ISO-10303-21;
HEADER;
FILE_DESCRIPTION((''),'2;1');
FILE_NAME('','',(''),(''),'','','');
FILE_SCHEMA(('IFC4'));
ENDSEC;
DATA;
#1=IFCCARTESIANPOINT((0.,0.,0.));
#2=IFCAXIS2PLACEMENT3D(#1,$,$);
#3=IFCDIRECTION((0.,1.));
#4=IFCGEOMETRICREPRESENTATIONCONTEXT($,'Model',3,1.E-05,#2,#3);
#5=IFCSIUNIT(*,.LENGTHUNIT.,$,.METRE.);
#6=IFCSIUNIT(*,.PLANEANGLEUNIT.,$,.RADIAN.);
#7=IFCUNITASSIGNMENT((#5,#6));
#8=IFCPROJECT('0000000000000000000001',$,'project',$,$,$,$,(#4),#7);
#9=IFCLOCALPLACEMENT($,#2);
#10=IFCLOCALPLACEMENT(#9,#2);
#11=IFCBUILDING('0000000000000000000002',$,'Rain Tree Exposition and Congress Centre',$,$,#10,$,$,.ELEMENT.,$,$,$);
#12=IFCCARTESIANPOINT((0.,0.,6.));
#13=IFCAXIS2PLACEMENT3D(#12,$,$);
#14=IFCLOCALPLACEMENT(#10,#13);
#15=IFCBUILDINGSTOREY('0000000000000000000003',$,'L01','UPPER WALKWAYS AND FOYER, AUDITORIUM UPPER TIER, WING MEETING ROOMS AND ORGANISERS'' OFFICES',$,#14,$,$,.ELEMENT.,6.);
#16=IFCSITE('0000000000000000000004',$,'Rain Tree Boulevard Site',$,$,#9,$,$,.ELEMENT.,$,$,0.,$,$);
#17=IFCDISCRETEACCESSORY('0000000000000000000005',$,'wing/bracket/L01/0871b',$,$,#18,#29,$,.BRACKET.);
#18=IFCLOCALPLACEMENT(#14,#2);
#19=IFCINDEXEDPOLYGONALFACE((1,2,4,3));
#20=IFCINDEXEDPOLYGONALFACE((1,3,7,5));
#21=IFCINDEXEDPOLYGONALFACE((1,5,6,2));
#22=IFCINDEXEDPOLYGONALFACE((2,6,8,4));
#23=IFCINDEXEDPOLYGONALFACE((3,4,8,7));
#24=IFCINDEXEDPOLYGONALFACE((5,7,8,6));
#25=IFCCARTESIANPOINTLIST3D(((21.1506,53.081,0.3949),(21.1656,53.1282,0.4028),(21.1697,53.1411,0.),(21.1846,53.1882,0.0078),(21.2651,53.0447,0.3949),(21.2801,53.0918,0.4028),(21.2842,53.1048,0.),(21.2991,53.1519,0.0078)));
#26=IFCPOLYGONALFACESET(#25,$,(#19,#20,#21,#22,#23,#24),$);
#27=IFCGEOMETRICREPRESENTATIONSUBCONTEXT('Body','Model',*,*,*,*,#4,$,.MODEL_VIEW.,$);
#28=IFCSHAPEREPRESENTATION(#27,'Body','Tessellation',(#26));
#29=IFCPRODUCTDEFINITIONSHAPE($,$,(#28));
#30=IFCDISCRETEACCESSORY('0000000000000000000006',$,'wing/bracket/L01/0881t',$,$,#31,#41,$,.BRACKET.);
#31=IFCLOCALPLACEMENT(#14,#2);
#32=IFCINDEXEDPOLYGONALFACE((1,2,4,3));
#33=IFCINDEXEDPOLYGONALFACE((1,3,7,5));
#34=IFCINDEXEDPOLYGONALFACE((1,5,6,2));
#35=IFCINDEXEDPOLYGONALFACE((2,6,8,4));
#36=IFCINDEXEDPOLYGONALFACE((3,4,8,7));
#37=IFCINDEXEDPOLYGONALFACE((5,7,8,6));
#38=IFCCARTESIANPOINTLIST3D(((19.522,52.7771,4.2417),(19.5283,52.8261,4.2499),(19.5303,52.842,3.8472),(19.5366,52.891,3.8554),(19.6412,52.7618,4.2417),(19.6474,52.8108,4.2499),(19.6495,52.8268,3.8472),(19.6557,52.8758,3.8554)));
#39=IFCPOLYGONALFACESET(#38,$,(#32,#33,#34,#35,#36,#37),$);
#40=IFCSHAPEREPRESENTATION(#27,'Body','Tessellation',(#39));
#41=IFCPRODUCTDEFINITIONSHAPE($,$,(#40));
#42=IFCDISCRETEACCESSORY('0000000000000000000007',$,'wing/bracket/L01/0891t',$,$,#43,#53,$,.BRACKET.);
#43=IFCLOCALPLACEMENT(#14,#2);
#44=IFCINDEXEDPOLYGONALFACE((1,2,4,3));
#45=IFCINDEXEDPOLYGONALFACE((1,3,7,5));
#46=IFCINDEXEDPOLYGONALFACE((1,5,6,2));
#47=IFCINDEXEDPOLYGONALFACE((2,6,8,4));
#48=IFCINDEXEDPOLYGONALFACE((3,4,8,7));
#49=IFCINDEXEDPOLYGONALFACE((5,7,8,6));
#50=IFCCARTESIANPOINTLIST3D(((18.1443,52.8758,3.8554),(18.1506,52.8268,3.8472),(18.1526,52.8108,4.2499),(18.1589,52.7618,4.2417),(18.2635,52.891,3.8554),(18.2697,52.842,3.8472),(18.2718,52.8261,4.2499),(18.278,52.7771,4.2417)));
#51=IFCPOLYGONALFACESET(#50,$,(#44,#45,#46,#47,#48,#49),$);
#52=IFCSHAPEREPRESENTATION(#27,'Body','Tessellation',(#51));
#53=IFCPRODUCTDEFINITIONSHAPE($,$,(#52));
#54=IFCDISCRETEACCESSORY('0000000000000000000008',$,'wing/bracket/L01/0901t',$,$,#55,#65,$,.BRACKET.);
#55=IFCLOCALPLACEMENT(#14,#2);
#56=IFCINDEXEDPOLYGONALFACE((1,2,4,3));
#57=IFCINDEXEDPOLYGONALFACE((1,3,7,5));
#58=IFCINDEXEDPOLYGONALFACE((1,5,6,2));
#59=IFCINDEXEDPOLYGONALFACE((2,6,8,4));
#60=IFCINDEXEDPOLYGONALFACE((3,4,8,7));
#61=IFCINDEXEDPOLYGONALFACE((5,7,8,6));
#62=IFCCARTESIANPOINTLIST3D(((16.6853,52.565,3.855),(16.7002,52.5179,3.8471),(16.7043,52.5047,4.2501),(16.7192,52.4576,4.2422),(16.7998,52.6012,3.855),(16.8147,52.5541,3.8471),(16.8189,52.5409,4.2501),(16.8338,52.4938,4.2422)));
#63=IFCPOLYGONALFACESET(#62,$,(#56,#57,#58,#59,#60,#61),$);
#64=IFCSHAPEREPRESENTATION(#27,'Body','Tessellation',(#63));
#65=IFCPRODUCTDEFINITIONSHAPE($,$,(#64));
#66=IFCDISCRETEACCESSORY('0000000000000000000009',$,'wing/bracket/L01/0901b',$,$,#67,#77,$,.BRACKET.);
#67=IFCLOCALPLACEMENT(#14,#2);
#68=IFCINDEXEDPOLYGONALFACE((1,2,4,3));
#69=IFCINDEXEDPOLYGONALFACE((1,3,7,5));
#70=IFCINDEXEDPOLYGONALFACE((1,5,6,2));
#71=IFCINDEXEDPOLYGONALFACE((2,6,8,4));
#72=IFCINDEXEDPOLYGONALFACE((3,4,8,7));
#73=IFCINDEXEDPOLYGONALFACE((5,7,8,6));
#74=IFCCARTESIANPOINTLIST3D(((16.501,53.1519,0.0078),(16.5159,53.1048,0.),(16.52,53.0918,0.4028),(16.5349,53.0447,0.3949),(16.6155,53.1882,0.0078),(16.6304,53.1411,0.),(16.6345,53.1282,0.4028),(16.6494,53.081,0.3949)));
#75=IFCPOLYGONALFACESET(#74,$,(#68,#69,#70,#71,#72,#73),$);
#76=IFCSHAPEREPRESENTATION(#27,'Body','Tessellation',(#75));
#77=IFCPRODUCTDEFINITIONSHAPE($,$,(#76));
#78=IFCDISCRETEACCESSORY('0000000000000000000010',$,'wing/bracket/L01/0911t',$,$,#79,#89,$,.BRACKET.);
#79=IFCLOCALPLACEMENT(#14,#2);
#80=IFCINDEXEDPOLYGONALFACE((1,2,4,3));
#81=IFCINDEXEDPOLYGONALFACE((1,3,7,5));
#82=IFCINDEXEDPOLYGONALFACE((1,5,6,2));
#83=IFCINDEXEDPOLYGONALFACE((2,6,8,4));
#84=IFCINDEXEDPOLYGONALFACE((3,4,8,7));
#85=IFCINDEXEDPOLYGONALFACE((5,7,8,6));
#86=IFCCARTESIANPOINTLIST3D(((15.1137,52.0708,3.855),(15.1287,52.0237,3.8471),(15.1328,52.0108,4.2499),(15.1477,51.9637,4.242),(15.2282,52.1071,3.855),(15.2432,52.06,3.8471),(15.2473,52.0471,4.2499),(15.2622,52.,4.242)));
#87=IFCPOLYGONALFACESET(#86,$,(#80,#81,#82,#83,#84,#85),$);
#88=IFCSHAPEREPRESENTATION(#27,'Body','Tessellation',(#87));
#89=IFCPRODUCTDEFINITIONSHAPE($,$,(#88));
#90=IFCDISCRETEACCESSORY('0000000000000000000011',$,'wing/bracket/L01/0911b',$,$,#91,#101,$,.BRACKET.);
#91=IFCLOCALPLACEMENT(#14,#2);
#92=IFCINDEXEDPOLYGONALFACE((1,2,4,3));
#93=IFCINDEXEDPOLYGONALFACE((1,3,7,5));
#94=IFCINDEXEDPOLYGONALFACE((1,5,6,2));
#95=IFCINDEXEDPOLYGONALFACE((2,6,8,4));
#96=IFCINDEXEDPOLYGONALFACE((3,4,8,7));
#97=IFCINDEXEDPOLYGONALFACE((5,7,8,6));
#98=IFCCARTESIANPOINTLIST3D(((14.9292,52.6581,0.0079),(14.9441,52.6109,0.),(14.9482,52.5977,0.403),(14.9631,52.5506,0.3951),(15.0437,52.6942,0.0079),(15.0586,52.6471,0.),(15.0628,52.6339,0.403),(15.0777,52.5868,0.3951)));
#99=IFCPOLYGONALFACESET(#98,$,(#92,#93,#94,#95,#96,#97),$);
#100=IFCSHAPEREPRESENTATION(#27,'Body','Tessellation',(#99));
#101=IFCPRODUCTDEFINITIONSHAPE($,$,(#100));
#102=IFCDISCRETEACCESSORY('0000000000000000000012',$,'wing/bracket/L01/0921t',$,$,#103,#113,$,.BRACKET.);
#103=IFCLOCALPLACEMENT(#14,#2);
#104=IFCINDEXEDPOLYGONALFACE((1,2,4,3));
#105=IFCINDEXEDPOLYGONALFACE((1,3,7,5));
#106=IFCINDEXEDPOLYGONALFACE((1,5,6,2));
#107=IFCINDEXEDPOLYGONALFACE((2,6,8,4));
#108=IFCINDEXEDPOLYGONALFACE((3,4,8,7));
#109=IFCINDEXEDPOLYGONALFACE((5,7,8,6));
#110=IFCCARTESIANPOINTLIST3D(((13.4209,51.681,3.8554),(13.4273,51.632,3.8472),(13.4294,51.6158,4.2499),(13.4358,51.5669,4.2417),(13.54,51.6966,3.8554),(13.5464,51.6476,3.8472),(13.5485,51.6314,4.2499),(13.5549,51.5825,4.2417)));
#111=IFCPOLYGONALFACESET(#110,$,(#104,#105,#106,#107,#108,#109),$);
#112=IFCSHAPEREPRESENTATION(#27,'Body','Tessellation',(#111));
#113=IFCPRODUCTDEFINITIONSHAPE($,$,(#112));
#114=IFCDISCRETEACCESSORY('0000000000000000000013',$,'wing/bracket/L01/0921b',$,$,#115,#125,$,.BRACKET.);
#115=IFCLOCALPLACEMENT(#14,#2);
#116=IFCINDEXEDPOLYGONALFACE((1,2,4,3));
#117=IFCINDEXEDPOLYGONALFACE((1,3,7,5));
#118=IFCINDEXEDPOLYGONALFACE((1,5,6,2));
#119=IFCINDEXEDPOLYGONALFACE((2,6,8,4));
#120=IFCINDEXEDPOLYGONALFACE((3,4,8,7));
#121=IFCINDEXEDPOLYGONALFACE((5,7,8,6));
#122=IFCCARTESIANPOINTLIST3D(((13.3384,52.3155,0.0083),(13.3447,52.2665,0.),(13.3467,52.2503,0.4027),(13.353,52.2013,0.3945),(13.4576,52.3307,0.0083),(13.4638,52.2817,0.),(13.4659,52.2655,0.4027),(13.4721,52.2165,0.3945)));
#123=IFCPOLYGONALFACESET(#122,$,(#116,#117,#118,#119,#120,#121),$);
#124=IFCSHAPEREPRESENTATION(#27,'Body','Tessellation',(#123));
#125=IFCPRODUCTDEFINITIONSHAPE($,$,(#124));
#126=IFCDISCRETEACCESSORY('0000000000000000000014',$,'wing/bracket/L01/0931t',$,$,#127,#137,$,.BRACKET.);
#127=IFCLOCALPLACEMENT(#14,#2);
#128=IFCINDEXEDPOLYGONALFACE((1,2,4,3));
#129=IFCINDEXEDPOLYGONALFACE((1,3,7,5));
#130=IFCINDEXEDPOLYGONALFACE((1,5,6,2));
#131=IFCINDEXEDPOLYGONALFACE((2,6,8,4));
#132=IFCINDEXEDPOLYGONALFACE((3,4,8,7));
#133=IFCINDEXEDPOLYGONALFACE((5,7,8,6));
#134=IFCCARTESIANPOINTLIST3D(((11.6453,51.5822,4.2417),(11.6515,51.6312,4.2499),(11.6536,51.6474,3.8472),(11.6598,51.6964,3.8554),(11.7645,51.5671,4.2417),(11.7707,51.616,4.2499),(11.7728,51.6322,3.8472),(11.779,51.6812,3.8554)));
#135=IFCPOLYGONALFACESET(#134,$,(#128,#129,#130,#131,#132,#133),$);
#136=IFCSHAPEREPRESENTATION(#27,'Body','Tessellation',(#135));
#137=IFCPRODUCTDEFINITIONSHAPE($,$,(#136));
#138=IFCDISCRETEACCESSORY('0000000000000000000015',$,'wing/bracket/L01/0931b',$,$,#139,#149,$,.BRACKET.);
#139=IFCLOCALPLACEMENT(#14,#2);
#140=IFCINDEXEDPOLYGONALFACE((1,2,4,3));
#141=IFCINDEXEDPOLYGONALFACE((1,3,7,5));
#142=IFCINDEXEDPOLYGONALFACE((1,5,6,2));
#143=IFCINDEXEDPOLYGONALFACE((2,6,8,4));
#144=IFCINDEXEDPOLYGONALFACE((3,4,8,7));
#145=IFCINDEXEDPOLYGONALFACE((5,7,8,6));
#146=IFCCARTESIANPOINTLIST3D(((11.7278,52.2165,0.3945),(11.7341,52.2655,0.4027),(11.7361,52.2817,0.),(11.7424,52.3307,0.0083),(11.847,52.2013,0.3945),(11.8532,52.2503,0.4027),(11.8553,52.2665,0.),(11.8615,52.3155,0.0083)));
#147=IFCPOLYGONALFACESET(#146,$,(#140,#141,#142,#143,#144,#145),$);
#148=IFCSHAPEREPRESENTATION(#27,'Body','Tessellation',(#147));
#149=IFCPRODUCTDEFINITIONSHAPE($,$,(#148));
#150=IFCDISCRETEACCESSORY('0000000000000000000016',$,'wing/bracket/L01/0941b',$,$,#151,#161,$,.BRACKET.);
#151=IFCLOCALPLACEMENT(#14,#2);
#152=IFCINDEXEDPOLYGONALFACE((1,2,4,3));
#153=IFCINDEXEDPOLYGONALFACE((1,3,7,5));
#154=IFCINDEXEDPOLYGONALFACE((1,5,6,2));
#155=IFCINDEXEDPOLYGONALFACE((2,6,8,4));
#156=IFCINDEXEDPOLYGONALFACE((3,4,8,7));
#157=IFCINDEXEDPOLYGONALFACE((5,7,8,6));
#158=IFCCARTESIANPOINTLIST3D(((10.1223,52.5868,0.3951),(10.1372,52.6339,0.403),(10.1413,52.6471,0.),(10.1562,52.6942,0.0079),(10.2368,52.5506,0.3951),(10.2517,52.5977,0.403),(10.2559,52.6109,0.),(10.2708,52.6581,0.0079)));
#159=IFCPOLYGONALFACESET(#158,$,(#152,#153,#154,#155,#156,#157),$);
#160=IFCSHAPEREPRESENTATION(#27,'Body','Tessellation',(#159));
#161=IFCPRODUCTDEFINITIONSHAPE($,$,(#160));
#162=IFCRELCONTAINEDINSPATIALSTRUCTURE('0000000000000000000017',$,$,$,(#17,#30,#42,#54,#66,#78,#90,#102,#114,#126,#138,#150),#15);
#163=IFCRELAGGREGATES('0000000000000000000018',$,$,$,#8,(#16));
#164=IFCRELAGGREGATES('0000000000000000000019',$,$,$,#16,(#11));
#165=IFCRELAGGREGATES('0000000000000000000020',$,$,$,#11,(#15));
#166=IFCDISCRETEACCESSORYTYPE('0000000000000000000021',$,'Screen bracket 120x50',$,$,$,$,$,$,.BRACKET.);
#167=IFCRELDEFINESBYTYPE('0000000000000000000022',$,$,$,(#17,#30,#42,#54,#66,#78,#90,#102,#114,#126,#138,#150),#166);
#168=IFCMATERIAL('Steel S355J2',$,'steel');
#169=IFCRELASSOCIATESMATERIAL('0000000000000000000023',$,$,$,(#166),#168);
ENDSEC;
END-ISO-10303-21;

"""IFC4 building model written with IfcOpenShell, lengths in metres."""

from ifc_helpers import new_model, si_unit, direction, frame, origin, origin_2d, place, context, subcontext, project, spatial, rectangle, extrude, material, material_profile, profile_set, type_object, element, save


model = new_model("IFC4")

# Units and contexts
model_context = context("Model", 3, precision=1e-05, world=origin(), true_north=direction((0.0, 1.0)))
body_context = subcontext(model_context, "Body", "Model", "MODEL_VIEW")
ifc_project = project(units=[si_unit("LENGTHUNIT", "METRE"), si_unit("PLANEANGLEUNIT", "RADIAN")], contexts=[model_context])

# Site, building, storey
site_placement = place(None, origin())
site = spatial("IfcSite", under=ifc_project, at=site_placement, Name="Rain Tree Boulevard Site", CompositionType="ELEMENT", RefElevation=0.0)
building_placement = place(site_placement, origin())
building = spatial("IfcBuilding", under=site, at=building_placement, Name="Rain Tree Exposition and Congress Centre", CompositionType="ELEMENT")
storey_placement = place(building_placement, frame((0.0, 0.0, 6.0)))
storey = spatial("IfcBuildingStorey", under=building, at=storey_placement, Name="L01", Description="UPPER WALKWAYS AND FOYER, AUDITORIUM UPPER TIER, WING MEETING ROOMS AND ORGANISERS' OFFICES", CompositionType="ELEMENT", Elevation=6.0)

# Discrete accessories
ifc_material_1 = material(Name="Steel S355J2", Category="steel")
ifc_material_profile_1 = material_profile(ifc_material_1, rectangle(XDim=0.1201, YDim=0.05, at=origin_2d()), Name="Flat bar 120x50")
ifc_profile_set_1 = profile_set([ifc_material_profile_1], Name="Steel S355J2")
discrete_accessory_type = type_object("IfcDiscreteAccessoryType", Name="Screen bracket 120x50", PredefinedType="BRACKET", material=ifc_profile_set_1)
for number, where, z_axis, x_axis, name in (
    (1, (21.2344, 53.1465, 0.0039), (-0.047606, -0.150142, 0.987518), (0.953231, -0.302244, 0.0), "wing/bracket/L01/0871b"),
    (2, (19.593, 52.8589, 3.8513), (-0.020756, -0.162383, 0.986509), (0.99193, -0.126788, 0.0), "wing/bracket/L01/0881t"),
    (3, (18.207, 52.8589, 3.8513), (0.020756, -0.162383, 0.986509), (0.99193, 0.126788, 0.0), "wing/bracket/L01/0891t"),
):
    element("IfcDiscreteAccessory", number, at=place(storey_placement, frame(where, z_axis=z_axis, x_axis=x_axis)), inside=storey, type_object=discrete_accessory_type, Name=name, PredefinedType="BRACKET", context=body_context, shape_type="SweptSolid", body=[
        extrude(rectangle(XDim=0.1201, YDim=0.05, at=origin_2d()), origin(), (0.0, 0.0, 1.0), 0.3999),
    ])
discrete_accessory_1_placement = place(storey_placement, frame((16.75, 52.5596, 3.8511), z_axis=(0.047602, -0.150738, 0.987427), x_axis=(0.953583, 0.301131, 0.0)))
element("IfcDiscreteAccessory", 4, at=discrete_accessory_1_placement, inside=storey, type_object=discrete_accessory_type, Name="wing/bracket/L01/0901t", PredefinedType="BRACKET", context=body_context, shape_type="SweptSolid", body=[
    extrude(rectangle(XDim=0.1201, YDim=0.05, at=origin_2d()), origin(), (0.0, 0.0, 1.0), 0.4001),
])
for number, where, z_axis, x_axis, name in (
    (5, (16.5657, 53.1465, 0.0039), (0.047606, -0.150142, 0.987518), (0.953231, 0.302244, 0.0), "wing/bracket/L01/0901b"),
    (6, (15.1785, 52.0654, 3.8511), (0.047606, -0.150142, 0.987518), (0.953231, 0.302244, 0.0), "wing/bracket/L01/0911t"),
):
    element("IfcDiscreteAccessory", number, at=place(storey_placement, frame(where, z_axis=z_axis, x_axis=x_axis)), inside=storey, type_object=discrete_accessory_type, Name=name, PredefinedType="BRACKET", context=body_context, shape_type="SweptSolid", body=[
        extrude(rectangle(XDim=0.1201, YDim=0.05, at=origin_2d()), origin(), (0.0, 0.0, 1.0), 0.3999),
    ])
discrete_accessory_2_placement = place(storey_placement, frame((14.9939, 52.6526, 0.0039), z_axis=(0.047602, -0.150738, 0.987427), x_axis=(0.953583, 0.301131, 0.0)))
element("IfcDiscreteAccessory", 7, at=discrete_accessory_2_placement, inside=storey, type_object=discrete_accessory_type, Name="wing/bracket/L01/0911b", PredefinedType="BRACKET", context=body_context, shape_type="SweptSolid", body=[
    extrude(rectangle(XDim=0.1201, YDim=0.05, at=origin_2d()), origin(), (0.0, 0.0, 1.0), 0.4001),
])
for number, where, z_axis, x_axis, name in (
    (8, (13.4836, 51.6643, 3.8513), (0.021364, -0.162976, 0.986399), (0.991517, 0.129974, 0.0), "wing/bracket/L01/0921t"),
    (9, (13.4011, 52.2986, 0.0042), (0.020754, -0.162978, 0.986411), (0.991989, 0.126321, 0.0), "wing/bracket/L01/0921b"),
    (10, (11.7163, 51.6643, 3.8513), (-0.020754, -0.162978, 0.986411), (0.991989, -0.126321, 0.0), "wing/bracket/L01/0931t"),
    (11, (11.7988, 52.2986, 0.0042), (-0.020754, -0.162978, 0.986411), (0.991989, -0.126321, 0.0), "wing/bracket/L01/0931b"),
):
    element("IfcDiscreteAccessory", number, at=place(storey_placement, frame(where, z_axis=z_axis, x_axis=x_axis)), inside=storey, type_object=discrete_accessory_type, Name=name, PredefinedType="BRACKET", context=body_context, shape_type="SweptSolid", body=[
        extrude(rectangle(XDim=0.1201, YDim=0.05, at=origin_2d()), origin(), (0.0, 0.0, 1.0), 0.3999),
    ])
discrete_accessory_3_placement = place(storey_placement, frame((10.2061, 52.6526, 0.0039), z_axis=(-0.047602, -0.150738, 0.987427), x_axis=(0.953583, -0.301131, 0.0)))
element("IfcDiscreteAccessory", 12, at=discrete_accessory_3_placement, inside=storey, type_object=discrete_accessory_type, Name="wing/bracket/L01/0941b", PredefinedType="BRACKET", context=body_context, shape_type="SweptSolid", body=[
    extrude(rectangle(XDim=0.1201, YDim=0.05, at=origin_2d()), origin(), (0.0, 0.0, 1.0), 0.4001),
])

save(model, "model.ifc")
